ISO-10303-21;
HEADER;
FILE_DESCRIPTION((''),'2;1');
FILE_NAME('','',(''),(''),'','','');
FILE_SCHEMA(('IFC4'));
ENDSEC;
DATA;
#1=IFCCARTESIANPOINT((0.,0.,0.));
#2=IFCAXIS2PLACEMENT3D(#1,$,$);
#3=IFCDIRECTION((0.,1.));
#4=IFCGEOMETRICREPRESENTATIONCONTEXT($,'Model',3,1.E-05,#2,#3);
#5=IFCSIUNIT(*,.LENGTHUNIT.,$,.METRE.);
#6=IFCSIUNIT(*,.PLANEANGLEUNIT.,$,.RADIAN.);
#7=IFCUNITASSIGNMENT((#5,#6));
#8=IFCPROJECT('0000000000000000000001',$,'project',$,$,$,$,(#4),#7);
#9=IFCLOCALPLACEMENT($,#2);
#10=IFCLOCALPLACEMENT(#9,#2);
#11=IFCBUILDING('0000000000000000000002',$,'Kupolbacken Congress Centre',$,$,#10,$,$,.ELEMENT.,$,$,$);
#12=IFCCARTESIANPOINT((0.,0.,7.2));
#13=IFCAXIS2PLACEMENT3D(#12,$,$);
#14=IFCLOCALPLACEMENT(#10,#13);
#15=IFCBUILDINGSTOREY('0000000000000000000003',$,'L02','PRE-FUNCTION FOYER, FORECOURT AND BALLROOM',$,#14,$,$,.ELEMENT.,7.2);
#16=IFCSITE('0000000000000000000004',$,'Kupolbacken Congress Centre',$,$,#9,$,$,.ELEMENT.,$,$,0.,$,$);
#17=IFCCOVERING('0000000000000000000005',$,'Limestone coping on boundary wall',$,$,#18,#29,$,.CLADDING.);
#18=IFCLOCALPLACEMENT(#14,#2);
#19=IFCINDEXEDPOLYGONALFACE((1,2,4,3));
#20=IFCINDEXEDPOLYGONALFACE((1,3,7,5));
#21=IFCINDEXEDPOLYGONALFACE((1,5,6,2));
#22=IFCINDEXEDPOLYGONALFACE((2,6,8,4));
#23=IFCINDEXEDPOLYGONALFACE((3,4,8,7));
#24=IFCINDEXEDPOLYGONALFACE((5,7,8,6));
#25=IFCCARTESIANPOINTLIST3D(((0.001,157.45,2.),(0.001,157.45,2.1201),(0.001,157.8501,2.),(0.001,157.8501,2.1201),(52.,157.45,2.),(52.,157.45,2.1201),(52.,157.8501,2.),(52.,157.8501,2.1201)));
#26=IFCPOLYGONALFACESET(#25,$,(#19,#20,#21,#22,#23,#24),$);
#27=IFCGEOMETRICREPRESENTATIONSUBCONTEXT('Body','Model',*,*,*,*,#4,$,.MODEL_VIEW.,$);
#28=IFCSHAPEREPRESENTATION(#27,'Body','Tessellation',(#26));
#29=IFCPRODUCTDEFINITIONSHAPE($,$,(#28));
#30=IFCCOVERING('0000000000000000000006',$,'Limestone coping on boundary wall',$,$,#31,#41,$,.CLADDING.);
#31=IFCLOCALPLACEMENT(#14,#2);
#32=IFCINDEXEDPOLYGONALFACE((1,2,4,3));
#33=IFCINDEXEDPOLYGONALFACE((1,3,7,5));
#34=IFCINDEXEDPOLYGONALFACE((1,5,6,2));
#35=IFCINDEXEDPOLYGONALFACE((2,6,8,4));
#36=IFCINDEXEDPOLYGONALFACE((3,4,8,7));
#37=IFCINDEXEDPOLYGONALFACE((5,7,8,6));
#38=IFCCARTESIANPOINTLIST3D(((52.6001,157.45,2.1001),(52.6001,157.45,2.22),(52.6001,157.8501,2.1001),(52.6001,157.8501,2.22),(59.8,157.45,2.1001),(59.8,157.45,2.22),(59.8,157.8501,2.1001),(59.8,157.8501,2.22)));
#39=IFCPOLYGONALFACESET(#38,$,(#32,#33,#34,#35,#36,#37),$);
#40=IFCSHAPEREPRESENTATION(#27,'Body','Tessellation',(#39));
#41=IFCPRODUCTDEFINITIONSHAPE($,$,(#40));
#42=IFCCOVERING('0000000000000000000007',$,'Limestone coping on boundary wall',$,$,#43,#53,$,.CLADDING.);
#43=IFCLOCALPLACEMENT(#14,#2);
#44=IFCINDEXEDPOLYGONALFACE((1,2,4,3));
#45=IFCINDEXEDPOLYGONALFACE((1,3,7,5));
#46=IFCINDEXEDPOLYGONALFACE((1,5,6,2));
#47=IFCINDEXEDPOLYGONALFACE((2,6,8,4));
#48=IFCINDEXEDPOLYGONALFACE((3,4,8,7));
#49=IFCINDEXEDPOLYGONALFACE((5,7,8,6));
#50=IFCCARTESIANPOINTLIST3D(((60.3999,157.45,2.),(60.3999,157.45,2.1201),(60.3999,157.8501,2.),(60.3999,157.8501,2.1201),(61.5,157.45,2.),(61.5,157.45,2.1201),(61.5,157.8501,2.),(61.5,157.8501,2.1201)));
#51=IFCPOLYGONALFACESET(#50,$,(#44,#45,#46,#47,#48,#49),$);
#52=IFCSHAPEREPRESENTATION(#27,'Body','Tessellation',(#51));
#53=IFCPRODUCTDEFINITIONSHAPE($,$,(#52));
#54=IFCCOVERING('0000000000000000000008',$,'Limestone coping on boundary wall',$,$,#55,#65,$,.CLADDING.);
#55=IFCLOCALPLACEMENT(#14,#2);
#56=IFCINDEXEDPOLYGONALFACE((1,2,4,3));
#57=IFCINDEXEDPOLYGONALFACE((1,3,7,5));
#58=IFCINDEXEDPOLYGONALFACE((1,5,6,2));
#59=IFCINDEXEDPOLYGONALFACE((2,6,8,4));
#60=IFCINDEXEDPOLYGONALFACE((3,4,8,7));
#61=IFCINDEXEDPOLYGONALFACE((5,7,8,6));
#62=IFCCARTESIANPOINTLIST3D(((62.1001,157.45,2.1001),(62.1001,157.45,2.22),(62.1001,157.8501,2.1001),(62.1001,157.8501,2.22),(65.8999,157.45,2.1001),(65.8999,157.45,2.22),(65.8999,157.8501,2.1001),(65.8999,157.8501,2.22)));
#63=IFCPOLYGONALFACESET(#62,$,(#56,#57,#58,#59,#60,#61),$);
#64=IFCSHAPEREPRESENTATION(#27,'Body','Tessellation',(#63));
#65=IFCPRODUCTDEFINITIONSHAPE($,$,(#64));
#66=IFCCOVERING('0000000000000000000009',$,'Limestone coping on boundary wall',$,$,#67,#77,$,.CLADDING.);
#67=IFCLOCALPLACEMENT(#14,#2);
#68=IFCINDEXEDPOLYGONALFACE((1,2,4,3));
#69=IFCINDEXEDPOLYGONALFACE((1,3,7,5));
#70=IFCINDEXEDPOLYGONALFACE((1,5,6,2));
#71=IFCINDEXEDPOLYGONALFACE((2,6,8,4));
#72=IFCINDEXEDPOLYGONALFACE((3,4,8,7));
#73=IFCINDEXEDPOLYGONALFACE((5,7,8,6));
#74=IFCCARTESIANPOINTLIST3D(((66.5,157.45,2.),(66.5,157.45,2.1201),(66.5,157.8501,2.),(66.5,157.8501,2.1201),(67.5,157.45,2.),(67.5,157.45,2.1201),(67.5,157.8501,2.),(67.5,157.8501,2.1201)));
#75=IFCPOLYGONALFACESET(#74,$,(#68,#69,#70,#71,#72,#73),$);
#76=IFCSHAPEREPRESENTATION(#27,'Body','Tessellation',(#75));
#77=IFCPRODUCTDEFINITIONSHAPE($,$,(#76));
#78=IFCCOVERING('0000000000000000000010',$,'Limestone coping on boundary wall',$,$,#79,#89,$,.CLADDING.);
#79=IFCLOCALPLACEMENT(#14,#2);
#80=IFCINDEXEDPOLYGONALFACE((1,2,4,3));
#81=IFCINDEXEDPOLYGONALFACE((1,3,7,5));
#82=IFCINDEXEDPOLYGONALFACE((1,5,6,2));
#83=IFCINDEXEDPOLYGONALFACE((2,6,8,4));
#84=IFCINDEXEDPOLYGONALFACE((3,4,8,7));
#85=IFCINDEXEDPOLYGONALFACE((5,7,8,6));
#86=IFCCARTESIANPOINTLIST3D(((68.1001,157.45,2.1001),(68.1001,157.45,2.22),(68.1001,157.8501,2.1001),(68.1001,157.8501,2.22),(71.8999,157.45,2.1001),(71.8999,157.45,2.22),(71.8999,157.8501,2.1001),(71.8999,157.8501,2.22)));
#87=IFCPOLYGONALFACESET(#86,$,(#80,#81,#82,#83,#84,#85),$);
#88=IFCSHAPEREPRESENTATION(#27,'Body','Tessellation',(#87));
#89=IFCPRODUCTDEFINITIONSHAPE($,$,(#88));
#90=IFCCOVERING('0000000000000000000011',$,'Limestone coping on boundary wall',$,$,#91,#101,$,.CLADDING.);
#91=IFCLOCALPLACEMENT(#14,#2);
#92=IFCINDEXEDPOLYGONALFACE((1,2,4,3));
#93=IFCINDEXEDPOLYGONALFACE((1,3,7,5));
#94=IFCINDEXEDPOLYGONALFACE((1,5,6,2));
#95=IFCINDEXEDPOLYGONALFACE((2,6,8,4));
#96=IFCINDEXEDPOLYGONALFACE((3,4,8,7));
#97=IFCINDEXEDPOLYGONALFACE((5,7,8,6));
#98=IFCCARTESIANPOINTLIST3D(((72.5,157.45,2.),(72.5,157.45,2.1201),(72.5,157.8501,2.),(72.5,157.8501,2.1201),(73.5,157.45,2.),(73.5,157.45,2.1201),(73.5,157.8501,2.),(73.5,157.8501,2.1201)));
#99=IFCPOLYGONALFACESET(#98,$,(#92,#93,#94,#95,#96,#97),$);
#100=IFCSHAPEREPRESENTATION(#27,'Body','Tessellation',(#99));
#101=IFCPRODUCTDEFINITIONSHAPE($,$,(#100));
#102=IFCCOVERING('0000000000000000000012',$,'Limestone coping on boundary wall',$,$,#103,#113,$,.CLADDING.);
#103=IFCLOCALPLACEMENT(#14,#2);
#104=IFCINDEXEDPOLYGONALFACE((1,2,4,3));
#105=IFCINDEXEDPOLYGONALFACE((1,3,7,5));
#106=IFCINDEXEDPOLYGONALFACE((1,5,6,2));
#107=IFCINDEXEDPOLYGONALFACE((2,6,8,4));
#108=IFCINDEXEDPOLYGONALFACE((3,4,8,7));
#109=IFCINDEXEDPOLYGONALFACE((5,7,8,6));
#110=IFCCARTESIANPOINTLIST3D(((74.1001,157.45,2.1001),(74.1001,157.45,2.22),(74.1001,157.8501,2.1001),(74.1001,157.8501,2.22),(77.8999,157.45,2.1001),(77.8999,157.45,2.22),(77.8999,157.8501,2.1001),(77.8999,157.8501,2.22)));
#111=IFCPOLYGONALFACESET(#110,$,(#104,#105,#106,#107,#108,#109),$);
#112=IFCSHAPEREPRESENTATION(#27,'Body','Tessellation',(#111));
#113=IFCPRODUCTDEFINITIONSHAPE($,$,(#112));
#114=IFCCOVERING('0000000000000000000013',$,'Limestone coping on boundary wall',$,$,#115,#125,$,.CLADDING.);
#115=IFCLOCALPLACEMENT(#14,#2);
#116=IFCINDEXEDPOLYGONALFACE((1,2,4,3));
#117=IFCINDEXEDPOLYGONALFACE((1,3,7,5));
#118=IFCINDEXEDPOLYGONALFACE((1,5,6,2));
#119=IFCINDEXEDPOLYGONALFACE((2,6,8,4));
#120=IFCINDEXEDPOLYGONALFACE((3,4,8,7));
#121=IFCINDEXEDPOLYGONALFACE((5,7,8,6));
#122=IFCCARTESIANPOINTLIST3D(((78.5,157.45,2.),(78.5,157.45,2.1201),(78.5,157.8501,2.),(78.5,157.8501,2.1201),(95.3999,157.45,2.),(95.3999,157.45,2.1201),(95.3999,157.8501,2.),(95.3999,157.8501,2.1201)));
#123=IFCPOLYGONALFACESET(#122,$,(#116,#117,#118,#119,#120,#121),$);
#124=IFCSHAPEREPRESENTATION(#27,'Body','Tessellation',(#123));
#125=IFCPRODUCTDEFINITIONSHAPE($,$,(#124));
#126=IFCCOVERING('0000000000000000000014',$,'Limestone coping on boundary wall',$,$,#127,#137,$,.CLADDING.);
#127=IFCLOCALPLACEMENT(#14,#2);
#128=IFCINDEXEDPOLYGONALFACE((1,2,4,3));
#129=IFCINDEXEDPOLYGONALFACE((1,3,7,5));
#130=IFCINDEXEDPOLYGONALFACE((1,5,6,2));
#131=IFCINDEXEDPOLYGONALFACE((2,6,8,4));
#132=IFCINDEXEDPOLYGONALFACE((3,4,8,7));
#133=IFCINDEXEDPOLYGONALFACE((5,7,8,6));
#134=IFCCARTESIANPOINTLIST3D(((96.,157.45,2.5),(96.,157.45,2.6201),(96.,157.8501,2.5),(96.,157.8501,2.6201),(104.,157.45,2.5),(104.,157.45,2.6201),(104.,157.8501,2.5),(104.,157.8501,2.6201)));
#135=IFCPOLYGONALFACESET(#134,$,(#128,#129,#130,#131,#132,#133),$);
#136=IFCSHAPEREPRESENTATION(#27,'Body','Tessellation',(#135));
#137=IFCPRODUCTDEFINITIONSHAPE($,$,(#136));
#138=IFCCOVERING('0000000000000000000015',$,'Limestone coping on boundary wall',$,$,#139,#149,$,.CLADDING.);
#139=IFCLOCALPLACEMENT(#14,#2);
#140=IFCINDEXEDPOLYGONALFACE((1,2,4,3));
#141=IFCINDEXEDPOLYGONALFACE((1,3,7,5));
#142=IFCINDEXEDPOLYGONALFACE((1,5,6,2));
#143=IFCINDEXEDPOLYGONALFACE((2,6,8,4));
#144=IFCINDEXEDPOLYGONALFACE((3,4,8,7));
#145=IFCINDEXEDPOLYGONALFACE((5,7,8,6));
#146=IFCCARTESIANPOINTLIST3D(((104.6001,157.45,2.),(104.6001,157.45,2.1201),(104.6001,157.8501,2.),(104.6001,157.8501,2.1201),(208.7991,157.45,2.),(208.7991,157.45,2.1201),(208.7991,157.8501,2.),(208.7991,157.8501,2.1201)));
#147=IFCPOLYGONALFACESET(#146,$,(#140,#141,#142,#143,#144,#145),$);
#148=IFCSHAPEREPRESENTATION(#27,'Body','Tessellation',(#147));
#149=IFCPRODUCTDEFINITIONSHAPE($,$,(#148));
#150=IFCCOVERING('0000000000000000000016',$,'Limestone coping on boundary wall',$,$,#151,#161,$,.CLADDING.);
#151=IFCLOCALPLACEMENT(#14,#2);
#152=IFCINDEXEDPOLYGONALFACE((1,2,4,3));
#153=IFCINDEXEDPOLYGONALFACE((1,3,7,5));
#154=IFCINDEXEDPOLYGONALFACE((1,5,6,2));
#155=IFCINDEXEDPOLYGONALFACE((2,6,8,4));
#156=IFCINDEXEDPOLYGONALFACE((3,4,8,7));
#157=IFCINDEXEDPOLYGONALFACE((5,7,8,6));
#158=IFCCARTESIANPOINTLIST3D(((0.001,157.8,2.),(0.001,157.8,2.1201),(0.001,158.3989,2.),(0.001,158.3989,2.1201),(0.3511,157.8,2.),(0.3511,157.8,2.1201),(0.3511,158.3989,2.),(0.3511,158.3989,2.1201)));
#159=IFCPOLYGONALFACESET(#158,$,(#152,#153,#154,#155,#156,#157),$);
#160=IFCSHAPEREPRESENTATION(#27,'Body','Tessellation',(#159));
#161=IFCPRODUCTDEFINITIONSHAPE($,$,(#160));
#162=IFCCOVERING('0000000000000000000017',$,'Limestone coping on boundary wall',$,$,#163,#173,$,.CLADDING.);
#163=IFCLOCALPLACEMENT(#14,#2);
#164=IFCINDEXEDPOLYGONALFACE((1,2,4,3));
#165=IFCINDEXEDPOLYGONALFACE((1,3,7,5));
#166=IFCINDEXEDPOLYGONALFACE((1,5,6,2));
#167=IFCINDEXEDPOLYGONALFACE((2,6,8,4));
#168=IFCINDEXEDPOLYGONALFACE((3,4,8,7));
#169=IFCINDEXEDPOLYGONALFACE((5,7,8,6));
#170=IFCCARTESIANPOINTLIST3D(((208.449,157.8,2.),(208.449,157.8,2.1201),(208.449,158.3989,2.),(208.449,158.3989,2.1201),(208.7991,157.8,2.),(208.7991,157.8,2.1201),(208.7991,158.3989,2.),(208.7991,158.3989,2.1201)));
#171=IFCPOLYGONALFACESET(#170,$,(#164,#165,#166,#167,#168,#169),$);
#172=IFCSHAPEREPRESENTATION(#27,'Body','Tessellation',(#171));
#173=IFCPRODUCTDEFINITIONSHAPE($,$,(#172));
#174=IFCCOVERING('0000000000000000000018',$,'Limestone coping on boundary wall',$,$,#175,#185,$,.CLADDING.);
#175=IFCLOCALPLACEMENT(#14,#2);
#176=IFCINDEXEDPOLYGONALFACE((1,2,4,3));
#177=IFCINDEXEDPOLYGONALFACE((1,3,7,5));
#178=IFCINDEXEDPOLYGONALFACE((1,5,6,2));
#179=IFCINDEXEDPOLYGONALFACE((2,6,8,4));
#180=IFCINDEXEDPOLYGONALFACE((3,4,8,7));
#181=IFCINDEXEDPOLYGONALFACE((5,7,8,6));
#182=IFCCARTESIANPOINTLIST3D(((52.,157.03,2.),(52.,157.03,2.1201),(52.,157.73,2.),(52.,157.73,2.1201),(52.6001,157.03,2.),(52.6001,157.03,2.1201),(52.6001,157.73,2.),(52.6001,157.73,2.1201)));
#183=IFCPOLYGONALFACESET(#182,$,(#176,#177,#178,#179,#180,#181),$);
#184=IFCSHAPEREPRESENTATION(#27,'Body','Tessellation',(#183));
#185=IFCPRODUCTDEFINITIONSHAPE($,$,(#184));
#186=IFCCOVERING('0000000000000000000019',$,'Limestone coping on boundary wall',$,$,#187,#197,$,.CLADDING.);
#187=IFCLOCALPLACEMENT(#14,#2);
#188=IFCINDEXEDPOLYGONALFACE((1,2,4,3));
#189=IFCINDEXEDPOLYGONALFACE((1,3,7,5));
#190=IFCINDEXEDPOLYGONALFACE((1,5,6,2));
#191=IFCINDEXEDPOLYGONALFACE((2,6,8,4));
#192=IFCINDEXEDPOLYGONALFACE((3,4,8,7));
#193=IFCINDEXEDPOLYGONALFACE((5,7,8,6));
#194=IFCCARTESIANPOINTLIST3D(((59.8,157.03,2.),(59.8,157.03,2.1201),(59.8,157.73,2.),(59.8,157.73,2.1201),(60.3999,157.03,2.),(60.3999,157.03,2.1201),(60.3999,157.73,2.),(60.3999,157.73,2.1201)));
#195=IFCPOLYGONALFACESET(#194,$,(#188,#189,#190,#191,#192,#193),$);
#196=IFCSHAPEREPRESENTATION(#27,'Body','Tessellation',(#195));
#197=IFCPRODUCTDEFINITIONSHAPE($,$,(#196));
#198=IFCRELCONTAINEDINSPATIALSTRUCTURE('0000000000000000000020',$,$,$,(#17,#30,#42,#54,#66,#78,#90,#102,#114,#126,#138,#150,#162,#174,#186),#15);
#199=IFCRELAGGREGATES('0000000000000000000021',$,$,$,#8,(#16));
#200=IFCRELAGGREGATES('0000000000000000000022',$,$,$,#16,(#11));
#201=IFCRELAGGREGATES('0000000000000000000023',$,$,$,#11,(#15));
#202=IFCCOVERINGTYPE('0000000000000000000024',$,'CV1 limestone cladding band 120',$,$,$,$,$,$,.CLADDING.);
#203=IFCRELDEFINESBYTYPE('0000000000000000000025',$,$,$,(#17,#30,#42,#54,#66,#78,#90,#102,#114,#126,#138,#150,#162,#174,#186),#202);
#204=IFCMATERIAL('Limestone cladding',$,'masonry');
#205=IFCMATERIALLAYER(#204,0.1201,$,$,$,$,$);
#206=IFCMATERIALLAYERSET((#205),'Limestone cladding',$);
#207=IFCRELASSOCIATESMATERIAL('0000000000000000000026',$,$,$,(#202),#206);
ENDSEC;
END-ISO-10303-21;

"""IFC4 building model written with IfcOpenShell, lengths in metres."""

from ifc_helpers import new_model, si_unit, direction, frame, origin, place, context, subcontext, project, spatial, polyline, outline, extrude, material, layer, layer_set, type_object, element, save


model = new_model("IFC4")

# Units and contexts
model_context = context("Model", 3, precision=1e-05, world=origin(), true_north=direction((0.0, 1.0)))
body_context = subcontext(model_context, "Body", "Model", "MODEL_VIEW")
ifc_project = project(units=[si_unit("LENGTHUNIT", "METRE"), si_unit("PLANEANGLEUNIT", "RADIAN")], contexts=[model_context])

# Site, building, storey
site_placement = place(None, origin())
site = spatial("IfcSite", under=ifc_project, at=site_placement, Name="Kupolbacken Congress Centre", CompositionType="ELEMENT", RefElevation=0.0)
building_placement = place(site_placement, origin())
building = spatial("IfcBuilding", under=site, at=building_placement, Name="Kupolbacken Congress Centre", CompositionType="ELEMENT")
storey_placement = place(building_placement, frame((0.0, 0.0, 7.2)))
storey = spatial("IfcBuildingStorey", under=building, at=storey_placement, Name="L02", Description="PRE-FUNCTION FOYER, FORECOURT AND BALLROOM", CompositionType="ELEMENT", Elevation=7.2)

# Coverings
ifc_material = material(Name="Limestone cladding", Category="masonry")
ifc_layer = layer(ifc_material, 0.1201)
ifc_layer_set = layer_set([ifc_layer], Name="Limestone cladding")
covering_type = type_object("IfcCoveringType", Name="CV1 limestone cladding band 120", PredefinedType="CLADDING", material=ifc_layer_set)
covering_1_placement = place(storey_placement, frame((0.0, 0.0, 2.0)))
element("IfcCovering", 1, at=covering_1_placement, inside=storey, type_object=covering_type, Name="Limestone coping on boundary wall", PredefinedType="CLADDING", context=body_context, shape_type="SweptSolid", body=[
    extrude(outline(polyline([(52.0, 157.8501), (52.0, 157.45), (0.001, 157.45), (0.001, 157.8501), (52.0, 157.8501)])), origin(), (0.0, 0.0, 1.0), 0.1201),
])
covering_2_placement = place(storey_placement, frame((0.0, 0.0, 2.1001)))
element("IfcCovering", 2, at=covering_2_placement, inside=storey, type_object=covering_type, Name="Limestone coping on boundary wall", PredefinedType="CLADDING", context=body_context, shape_type="SweptSolid", body=[
    extrude(outline(polyline([(52.6001, 157.45), (52.6001, 157.8501), (59.8, 157.8501), (59.8, 157.45), (52.6001, 157.45)])), origin(), (0.0, 0.0, 1.0), 0.1199),
])
covering_3_placement = place(storey_placement, frame((0.0, 0.0, 2.0)))
element("IfcCovering", 3, at=covering_3_placement, inside=storey, type_object=covering_type, Name="Limestone coping on boundary wall", PredefinedType="CLADDING", context=body_context, shape_type="SweptSolid", body=[
    extrude(outline(polyline([(60.3999, 157.45), (60.3999, 157.8501), (61.5, 157.8501), (61.5, 157.45), (60.3999, 157.45)])), origin(), (0.0, 0.0, 1.0), 0.1201),
])
covering_4_placement = place(storey_placement, frame((0.0, 0.0, 2.1001)))
element("IfcCovering", 4, at=covering_4_placement, inside=storey, type_object=covering_type, Name="Limestone coping on boundary wall", PredefinedType="CLADDING", context=body_context, shape_type="SweptSolid", body=[
    extrude(outline(polyline([(62.1001, 157.45), (62.1001, 157.8501), (65.8999, 157.8501), (65.8999, 157.45), (62.1001, 157.45)])), origin(), (0.0, 0.0, 1.0), 0.1199),
])
covering_5_placement = place(storey_placement, frame((0.0, 0.0, 2.0)))
element("IfcCovering", 5, at=covering_5_placement, inside=storey, type_object=covering_type, Name="Limestone coping on boundary wall", PredefinedType="CLADDING", context=body_context, shape_type="SweptSolid", body=[
    extrude(outline(polyline([(66.5, 157.45), (66.5, 157.8501), (67.5, 157.8501), (67.5, 157.45), (66.5, 157.45)])), origin(), (0.0, 0.0, 1.0), 0.1201),
])
covering_6_placement = place(storey_placement, frame((0.0, 0.0, 2.1001)))
element("IfcCovering", 6, at=covering_6_placement, inside=storey, type_object=covering_type, Name="Limestone coping on boundary wall", PredefinedType="CLADDING", context=body_context, shape_type="SweptSolid", body=[
    extrude(outline(polyline([(68.1001, 157.45), (68.1001, 157.8501), (71.8999, 157.8501), (71.8999, 157.45), (68.1001, 157.45)])), origin(), (0.0, 0.0, 1.0), 0.1199),
])
covering_7_placement = place(storey_placement, frame((0.0, 0.0, 2.0)))
element("IfcCovering", 7, at=covering_7_placement, inside=storey, type_object=covering_type, Name="Limestone coping on boundary wall", PredefinedType="CLADDING", context=body_context, shape_type="SweptSolid", body=[
    extrude(outline(polyline([(72.5, 157.45), (72.5, 157.8501), (73.5, 157.8501), (73.5, 157.45), (72.5, 157.45)])), origin(), (0.0, 0.0, 1.0), 0.1201),
])
covering_8_placement = place(storey_placement, frame((0.0, 0.0, 2.1001)))
element("IfcCovering", 8, at=covering_8_placement, inside=storey, type_object=covering_type, Name="Limestone coping on boundary wall", PredefinedType="CLADDING", context=body_context, shape_type="SweptSolid", body=[
    extrude(outline(polyline([(74.1001, 157.45), (74.1001, 157.8501), (77.8999, 157.8501), (77.8999, 157.45), (74.1001, 157.45)])), origin(), (0.0, 0.0, 1.0), 0.1199),
])
covering_9_placement = place(storey_placement, frame((0.0, 0.0, 2.0)))
element("IfcCovering", 9, at=covering_9_placement, inside=storey, type_object=covering_type, Name="Limestone coping on boundary wall", PredefinedType="CLADDING", context=body_context, shape_type="SweptSolid", body=[
    extrude(outline(polyline([(78.5, 157.45), (78.5, 157.8501), (95.3999, 157.8501), (95.3999, 157.45), (78.5, 157.45)])), origin(), (0.0, 0.0, 1.0), 0.1201),
])
covering_10_placement = place(storey_placement, frame((0.0, 0.0, 2.5)))
element("IfcCovering", 10, at=covering_10_placement, inside=storey, type_object=covering_type, Name="Limestone coping on boundary wall", PredefinedType="CLADDING", context=body_context, shape_type="SweptSolid", body=[
    extrude(outline(polyline([(96.0, 157.45), (96.0, 157.8501), (104.0, 157.8501), (104.0, 157.45), (96.0, 157.45)])), origin(), (0.0, 0.0, 1.0), 0.1201),
])
covering_11_placement = place(storey_placement, frame((0.0, 0.0, 2.0)))
element("IfcCovering", 11, at=covering_11_placement, inside=storey, type_object=covering_type, Name="Limestone coping on boundary wall", PredefinedType="CLADDING", context=body_context, shape_type="SweptSolid", body=[
    extrude(outline(polyline([(208.7991, 157.45), (104.6001, 157.45), (104.6001, 157.8501), (208.7991, 157.8501), (208.7991, 157.45)])), origin(), (0.0, 0.0, 1.0), 0.1201),
])
covering_12_placement = place(storey_placement, frame((0.0, 0.0, 2.0)))
element("IfcCovering", 12, at=covering_12_placement, inside=storey, type_object=covering_type, Name="Limestone coping on boundary wall", PredefinedType="CLADDING", context=body_context, shape_type="SweptSolid", body=[
    extrude(outline(polyline([(0.3511, 158.3989), (0.3511, 157.8), (0.001, 157.8), (0.001, 158.3989), (0.3511, 158.3989)])), origin(), (0.0, 0.0, 1.0), 0.1201),
])
covering_13_placement = place(storey_placement, frame((0.0, 0.0, 2.0)))
element("IfcCovering", 13, at=covering_13_placement, inside=storey, type_object=covering_type, Name="Limestone coping on boundary wall", PredefinedType="CLADDING", context=body_context, shape_type="SweptSolid", body=[
    extrude(outline(polyline([(208.7991, 158.3989), (208.7991, 157.8), (208.449, 157.8), (208.449, 158.3989), (208.7991, 158.3989)])), origin(), (0.0, 0.0, 1.0), 0.1201),
])
covering_14_placement = place(storey_placement, frame((0.0, 0.0, 2.0)))
element("IfcCovering", 14, at=covering_14_placement, inside=storey, type_object=covering_type, Name="Limestone coping on boundary wall", PredefinedType="CLADDING", context=body_context, shape_type="SweptSolid", body=[
    extrude(outline(polyline([(52.6001, 157.73), (52.6001, 157.03), (52.0, 157.03), (52.0, 157.73), (52.6001, 157.73)])), origin(), (0.0, 0.0, 1.0), 0.1201),
])
covering_15_placement = place(storey_placement, frame((0.0, 0.0, 2.0)))
element("IfcCovering", 15, at=covering_15_placement, inside=storey, type_object=covering_type, Name="Limestone coping on boundary wall", PredefinedType="CLADDING", context=body_context, shape_type="SweptSolid", body=[
    extrude(outline(polyline([(59.8, 157.03), (59.8, 157.73), (60.3999, 157.73), (60.3999, 157.03), (59.8, 157.03)])), origin(), (0.0, 0.0, 1.0), 0.1201),
])

save(model, "model.ifc")
